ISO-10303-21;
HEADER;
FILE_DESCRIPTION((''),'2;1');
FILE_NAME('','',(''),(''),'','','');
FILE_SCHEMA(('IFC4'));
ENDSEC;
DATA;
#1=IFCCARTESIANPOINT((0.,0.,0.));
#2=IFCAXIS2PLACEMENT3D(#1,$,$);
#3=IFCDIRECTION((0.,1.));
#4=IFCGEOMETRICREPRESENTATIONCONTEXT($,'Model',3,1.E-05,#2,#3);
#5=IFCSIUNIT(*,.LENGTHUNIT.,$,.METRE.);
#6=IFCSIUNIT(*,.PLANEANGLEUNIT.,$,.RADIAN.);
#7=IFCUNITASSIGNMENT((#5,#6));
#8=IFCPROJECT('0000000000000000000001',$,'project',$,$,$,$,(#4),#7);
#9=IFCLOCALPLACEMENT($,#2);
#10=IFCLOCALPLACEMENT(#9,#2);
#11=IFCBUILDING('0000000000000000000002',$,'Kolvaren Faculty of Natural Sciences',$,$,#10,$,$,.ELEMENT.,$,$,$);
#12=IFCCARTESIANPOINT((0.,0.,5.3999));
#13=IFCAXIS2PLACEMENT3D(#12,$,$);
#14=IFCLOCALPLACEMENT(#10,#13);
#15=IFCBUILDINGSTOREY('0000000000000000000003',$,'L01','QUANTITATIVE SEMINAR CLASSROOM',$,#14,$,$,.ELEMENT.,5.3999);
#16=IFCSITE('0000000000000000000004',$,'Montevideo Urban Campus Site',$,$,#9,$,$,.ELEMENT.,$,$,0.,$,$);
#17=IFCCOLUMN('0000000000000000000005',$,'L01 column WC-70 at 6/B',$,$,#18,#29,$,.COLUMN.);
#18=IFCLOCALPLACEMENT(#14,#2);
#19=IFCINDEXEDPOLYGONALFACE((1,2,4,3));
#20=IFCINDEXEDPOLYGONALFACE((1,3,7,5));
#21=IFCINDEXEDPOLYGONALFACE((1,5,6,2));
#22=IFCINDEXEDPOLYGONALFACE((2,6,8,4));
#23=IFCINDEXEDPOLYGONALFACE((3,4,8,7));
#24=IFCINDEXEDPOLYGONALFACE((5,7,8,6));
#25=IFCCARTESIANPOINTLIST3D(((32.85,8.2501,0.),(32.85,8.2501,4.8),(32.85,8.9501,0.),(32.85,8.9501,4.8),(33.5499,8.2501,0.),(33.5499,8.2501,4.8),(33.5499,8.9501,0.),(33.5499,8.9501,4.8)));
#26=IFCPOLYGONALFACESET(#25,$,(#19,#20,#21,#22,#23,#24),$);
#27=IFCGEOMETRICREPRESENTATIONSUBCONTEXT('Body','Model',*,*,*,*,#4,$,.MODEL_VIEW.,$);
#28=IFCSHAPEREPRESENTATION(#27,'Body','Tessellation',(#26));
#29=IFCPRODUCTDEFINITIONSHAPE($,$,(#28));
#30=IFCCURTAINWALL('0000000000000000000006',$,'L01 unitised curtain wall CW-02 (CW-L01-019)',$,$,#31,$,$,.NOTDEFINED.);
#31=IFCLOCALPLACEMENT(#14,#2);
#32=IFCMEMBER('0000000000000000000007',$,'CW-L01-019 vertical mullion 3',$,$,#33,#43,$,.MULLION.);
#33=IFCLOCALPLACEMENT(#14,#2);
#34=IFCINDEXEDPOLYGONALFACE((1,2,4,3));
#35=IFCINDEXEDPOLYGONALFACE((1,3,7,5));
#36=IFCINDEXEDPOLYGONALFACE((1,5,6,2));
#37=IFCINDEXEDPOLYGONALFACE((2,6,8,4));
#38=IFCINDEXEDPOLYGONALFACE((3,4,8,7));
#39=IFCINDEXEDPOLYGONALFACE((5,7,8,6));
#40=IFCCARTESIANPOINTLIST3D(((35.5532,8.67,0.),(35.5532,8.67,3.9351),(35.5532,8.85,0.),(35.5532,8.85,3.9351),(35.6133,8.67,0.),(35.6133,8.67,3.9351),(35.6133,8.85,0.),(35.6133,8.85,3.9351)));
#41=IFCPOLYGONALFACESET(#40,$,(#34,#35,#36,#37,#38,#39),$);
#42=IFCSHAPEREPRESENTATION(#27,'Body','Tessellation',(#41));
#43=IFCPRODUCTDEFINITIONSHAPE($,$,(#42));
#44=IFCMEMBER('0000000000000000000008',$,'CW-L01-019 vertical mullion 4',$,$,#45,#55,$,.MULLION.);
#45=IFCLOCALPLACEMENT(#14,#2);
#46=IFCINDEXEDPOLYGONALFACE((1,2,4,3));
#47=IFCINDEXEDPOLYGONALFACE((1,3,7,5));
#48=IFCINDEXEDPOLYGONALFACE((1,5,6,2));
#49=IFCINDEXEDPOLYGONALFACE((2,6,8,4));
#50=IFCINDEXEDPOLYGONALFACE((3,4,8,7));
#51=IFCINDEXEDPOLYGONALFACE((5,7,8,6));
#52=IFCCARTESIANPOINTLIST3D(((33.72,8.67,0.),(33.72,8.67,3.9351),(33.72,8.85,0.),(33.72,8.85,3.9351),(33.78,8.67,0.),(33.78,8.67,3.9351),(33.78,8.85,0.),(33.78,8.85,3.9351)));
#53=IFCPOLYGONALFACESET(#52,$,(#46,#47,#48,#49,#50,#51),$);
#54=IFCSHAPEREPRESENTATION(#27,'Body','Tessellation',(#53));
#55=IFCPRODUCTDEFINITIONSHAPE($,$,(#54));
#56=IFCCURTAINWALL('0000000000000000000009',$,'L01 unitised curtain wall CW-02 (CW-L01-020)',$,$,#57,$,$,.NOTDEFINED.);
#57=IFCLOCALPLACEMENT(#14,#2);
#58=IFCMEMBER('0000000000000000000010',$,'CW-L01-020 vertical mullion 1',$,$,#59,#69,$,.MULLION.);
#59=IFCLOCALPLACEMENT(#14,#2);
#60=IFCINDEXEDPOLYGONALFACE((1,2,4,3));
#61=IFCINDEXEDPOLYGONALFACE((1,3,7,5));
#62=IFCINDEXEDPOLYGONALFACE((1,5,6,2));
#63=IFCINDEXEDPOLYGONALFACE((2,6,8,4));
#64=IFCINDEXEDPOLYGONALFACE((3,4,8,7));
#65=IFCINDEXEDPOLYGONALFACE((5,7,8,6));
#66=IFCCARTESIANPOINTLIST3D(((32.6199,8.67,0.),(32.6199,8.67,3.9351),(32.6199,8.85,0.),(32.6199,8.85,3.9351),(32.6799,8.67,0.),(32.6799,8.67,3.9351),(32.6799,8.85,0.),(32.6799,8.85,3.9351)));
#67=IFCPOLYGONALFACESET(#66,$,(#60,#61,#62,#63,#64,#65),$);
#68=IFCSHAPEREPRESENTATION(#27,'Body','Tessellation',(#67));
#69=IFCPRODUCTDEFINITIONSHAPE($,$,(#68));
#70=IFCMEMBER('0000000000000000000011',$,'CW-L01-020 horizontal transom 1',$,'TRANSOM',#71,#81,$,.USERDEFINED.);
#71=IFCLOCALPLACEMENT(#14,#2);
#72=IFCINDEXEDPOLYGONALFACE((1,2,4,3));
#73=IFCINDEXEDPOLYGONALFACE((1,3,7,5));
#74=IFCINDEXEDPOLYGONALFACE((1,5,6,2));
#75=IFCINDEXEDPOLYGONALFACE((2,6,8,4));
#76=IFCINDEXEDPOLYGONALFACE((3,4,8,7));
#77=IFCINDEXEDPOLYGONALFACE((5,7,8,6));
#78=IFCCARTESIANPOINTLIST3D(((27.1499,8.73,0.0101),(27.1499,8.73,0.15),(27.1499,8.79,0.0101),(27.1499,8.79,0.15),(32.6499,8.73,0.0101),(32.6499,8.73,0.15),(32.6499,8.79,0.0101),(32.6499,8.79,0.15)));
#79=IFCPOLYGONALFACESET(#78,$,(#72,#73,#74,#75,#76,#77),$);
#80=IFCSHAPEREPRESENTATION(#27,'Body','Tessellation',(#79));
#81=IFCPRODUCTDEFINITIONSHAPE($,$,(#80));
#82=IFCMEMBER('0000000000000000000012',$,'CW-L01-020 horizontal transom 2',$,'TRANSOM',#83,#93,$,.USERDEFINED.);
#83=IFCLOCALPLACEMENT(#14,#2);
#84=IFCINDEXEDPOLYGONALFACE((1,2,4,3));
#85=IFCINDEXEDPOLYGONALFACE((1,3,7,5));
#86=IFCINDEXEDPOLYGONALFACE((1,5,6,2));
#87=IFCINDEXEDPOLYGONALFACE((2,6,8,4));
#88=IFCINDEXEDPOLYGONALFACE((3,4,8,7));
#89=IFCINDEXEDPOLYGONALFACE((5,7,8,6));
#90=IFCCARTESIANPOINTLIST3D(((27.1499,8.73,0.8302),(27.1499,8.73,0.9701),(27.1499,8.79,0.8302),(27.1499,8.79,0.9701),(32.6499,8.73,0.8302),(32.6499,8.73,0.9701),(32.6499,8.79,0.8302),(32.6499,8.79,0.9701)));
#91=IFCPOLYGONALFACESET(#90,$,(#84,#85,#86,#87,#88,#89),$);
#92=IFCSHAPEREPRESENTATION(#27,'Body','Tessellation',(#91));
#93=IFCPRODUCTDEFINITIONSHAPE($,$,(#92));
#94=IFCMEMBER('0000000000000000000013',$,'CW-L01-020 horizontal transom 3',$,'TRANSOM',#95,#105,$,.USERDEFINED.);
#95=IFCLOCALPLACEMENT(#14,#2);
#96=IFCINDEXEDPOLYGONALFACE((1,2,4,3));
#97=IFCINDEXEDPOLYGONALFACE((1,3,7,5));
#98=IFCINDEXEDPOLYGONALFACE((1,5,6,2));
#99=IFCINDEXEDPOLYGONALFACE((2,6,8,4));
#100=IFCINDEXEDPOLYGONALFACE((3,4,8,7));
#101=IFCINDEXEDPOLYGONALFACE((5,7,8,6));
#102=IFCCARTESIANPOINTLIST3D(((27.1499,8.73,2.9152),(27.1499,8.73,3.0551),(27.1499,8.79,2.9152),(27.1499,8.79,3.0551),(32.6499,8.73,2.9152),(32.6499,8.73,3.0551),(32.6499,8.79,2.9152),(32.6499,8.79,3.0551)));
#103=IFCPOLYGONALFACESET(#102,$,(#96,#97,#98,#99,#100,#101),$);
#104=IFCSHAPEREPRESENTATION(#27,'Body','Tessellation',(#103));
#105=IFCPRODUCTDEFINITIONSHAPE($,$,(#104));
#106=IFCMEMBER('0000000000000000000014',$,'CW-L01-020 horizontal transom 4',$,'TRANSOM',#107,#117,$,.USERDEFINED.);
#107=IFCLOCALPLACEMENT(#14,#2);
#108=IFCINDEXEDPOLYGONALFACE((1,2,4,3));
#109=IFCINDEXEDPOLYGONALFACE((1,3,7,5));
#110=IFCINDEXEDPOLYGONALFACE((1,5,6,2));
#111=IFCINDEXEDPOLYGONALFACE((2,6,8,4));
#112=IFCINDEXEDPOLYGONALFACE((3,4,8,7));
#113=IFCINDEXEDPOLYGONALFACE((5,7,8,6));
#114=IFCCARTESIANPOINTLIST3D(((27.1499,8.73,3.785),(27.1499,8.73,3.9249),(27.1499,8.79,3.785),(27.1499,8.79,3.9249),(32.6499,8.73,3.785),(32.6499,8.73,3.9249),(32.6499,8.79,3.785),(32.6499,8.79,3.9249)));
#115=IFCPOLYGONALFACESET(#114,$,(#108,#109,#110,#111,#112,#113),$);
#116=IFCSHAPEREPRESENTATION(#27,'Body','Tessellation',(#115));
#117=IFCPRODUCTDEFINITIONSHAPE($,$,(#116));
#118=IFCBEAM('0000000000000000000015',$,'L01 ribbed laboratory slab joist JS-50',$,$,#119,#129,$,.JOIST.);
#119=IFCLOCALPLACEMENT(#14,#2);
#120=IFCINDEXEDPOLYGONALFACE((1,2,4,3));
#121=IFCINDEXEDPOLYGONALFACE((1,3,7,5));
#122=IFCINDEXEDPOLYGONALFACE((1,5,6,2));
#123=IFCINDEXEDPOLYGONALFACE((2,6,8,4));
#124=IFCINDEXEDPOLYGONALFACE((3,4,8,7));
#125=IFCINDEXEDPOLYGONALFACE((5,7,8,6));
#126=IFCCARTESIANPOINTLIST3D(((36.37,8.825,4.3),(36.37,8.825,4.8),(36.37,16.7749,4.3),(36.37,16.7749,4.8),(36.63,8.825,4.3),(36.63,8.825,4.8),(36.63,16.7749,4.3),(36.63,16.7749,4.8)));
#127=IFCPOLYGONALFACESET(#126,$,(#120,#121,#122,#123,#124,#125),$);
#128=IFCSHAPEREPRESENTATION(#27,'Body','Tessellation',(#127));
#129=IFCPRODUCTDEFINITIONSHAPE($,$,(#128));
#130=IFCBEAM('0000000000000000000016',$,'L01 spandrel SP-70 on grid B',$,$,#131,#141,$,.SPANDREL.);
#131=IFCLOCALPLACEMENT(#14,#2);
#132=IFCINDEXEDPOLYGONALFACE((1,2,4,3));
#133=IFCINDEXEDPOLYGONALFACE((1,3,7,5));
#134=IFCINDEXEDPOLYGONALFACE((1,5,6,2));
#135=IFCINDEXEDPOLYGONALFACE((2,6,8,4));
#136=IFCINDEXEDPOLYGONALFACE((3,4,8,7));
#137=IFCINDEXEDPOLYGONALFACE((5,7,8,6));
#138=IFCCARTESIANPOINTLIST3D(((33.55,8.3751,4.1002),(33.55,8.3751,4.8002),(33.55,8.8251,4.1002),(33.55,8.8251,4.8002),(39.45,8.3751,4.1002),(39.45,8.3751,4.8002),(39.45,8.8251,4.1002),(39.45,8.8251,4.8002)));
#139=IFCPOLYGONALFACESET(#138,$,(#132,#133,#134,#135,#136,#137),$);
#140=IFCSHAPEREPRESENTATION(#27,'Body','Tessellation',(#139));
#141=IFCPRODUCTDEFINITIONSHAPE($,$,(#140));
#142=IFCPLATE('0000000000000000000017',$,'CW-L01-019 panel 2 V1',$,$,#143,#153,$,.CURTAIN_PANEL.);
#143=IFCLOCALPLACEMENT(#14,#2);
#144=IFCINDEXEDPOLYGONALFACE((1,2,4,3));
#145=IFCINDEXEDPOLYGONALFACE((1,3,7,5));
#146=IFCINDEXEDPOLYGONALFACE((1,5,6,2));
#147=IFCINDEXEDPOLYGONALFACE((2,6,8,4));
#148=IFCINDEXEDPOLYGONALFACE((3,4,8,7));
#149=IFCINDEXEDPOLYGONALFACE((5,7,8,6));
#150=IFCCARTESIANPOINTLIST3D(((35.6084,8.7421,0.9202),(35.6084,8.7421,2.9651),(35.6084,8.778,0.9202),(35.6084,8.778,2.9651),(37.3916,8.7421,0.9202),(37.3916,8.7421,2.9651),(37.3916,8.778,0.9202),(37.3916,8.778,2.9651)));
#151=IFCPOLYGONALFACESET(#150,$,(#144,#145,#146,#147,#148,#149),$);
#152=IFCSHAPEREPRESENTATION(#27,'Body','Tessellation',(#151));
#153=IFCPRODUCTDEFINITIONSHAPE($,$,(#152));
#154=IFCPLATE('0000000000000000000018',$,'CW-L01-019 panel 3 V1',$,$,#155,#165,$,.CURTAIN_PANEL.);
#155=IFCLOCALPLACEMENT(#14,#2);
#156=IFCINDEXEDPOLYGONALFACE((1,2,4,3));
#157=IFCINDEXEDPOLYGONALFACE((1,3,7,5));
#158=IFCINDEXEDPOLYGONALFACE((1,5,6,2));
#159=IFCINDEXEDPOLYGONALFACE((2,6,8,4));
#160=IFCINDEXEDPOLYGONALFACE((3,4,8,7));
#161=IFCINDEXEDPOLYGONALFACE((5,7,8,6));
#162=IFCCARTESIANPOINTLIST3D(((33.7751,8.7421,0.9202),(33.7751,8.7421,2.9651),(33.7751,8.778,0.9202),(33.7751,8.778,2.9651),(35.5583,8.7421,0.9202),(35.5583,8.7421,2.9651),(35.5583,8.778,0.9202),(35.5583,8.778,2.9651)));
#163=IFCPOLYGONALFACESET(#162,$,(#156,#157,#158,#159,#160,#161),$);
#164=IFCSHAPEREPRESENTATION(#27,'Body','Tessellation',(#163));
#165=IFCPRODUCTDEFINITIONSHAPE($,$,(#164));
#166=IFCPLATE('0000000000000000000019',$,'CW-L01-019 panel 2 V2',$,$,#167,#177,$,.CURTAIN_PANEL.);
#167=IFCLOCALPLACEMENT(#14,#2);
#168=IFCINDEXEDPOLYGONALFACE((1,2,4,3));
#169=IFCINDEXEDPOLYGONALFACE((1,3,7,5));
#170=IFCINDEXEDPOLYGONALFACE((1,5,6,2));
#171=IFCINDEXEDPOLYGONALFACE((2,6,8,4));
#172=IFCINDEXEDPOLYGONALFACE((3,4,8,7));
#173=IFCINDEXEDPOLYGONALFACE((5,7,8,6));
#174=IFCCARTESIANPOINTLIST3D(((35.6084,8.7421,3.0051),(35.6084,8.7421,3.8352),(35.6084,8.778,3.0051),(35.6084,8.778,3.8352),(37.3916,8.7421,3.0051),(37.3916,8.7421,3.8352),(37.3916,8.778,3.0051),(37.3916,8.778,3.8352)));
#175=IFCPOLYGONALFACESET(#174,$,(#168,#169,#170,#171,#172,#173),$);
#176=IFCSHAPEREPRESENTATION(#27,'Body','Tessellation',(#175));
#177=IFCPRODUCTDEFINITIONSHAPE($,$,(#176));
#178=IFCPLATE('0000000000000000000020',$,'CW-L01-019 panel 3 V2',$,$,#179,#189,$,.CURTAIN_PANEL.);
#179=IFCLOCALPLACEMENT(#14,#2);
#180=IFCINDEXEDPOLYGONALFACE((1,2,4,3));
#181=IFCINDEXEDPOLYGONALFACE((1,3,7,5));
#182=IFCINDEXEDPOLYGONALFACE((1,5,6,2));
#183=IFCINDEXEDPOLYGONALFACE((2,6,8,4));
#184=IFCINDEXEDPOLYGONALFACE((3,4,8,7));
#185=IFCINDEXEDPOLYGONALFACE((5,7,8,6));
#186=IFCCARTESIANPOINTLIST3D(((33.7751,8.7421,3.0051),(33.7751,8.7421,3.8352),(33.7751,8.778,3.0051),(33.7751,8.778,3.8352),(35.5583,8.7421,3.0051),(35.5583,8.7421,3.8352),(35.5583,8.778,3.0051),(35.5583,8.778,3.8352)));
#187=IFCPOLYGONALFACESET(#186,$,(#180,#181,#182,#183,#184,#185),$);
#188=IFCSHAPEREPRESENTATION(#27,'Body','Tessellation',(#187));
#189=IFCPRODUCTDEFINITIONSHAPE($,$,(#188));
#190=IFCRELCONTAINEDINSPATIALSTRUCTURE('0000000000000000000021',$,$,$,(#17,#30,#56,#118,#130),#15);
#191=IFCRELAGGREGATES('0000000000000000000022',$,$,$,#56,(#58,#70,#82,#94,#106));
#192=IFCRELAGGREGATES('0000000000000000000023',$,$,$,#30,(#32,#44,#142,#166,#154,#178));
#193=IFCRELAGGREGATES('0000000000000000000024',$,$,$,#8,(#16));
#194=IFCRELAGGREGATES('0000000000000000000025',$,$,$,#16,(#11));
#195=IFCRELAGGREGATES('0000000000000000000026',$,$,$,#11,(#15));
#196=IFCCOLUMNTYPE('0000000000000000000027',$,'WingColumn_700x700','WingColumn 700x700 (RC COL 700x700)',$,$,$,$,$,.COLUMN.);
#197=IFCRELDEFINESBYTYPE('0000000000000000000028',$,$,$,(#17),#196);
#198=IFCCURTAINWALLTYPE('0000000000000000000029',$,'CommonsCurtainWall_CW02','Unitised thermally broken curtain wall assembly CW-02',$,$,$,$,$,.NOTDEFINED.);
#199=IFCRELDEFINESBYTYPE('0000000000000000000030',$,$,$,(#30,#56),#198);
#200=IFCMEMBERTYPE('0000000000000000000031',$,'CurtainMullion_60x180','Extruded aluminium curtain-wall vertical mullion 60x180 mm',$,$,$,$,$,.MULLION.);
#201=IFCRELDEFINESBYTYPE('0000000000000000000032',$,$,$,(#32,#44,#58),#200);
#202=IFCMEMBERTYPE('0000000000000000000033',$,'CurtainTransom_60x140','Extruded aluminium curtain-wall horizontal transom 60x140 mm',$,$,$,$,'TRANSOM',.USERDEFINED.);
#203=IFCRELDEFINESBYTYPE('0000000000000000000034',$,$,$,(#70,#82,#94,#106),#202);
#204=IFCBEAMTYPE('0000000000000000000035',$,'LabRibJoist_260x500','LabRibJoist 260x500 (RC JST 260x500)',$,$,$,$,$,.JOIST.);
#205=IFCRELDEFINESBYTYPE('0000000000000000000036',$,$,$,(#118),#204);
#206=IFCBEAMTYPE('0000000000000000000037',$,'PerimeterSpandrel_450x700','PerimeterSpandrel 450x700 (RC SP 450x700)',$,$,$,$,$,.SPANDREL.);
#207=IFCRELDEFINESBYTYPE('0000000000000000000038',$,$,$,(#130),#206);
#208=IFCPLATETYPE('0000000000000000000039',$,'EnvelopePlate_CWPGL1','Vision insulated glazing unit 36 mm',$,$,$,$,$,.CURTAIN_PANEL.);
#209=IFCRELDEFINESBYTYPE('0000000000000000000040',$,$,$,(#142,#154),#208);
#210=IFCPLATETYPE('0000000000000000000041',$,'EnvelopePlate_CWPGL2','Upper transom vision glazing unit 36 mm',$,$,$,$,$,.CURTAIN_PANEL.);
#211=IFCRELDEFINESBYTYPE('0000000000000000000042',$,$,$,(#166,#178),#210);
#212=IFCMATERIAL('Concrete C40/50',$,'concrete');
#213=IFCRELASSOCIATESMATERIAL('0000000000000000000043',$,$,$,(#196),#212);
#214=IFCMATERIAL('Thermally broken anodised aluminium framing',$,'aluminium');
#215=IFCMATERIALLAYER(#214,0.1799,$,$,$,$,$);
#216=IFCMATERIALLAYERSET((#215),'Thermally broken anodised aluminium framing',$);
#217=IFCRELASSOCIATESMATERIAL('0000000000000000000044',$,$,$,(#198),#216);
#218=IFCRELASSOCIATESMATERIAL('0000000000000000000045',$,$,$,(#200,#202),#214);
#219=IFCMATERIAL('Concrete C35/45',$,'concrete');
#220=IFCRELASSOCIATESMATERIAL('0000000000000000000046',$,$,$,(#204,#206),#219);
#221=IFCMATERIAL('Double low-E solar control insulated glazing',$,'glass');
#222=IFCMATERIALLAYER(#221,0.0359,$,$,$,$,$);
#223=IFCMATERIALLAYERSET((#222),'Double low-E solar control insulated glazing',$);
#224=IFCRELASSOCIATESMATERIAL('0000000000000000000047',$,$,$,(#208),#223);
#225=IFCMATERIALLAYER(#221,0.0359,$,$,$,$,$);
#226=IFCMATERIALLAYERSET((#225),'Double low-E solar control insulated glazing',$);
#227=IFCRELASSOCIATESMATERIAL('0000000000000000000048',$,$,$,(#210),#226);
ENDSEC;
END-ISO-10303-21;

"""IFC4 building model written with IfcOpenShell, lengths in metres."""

from ifc_helpers import new_model, si_unit, direction, frame, origin, origin_2d, place, context, subcontext, project, spatial, rectangle, extrude, material, layer, layer_set, material_profile, profile_set, type_object, element, aggregate, save


model = new_model("IFC4")

# Units and contexts
model_context = context("Model", 3, precision=1e-05, world=origin(), true_north=direction((0.0, 1.0)))
body_context = subcontext(model_context, "Body", "Model", "MODEL_VIEW")
ifc_project = project(units=[si_unit("LENGTHUNIT", "METRE"), si_unit("PLANEANGLEUNIT", "RADIAN")], contexts=[model_context])

# Site, building, storey
site_placement = place(None, origin())
site = spatial("IfcSite", under=ifc_project, at=site_placement, Name="Montevideo Urban Campus Site", CompositionType="ELEMENT", RefElevation=0.0)
building_placement = place(site_placement, origin())
building = spatial("IfcBuilding", under=site, at=building_placement, Name="Kolvaren Faculty of Natural Sciences", CompositionType="ELEMENT")
storey_placement = place(building_placement, frame((0.0, 0.0, 5.3999)))
storey = spatial("IfcBuildingStorey", under=building, at=storey_placement, Name="L01", Description="QUANTITATIVE SEMINAR CLASSROOM", CompositionType="ELEMENT", Elevation=5.3999)

# Column
ifc_material_1 = material(Name="Concrete C40/50", Category="concrete")
ifc_material_profile_1 = material_profile(ifc_material_1, rectangle(XDim=0.7, YDim=0.7, at=origin_2d()), Name="RC COL 700x700")
ifc_profile_set_1 = profile_set([ifc_material_profile_1], Name="Concrete C40/50")
column_type = type_object("IfcColumnType", Name="WingColumn_700x700", Description="WingColumn 700x700 (RC COL 700x700)", PredefinedType="COLUMN", material=ifc_profile_set_1)
column_placement = place(storey_placement, frame((33.2, 8.6001, 0.0), z_axis=(0.0, 0.0, 1.0), x_axis=(1.0, 0.0, 0.0)))
element("IfcColumn", 1, at=column_placement, inside=storey, type_object=column_type, Name="L01 column WC-70 at 6/B", PredefinedType="COLUMN", context=body_context, shape_type="SweptSolid", body=[
    extrude(rectangle(XDim=0.7, YDim=0.7, at=origin_2d()), origin(), (0.0, 0.0, 1.0), 4.8),
])

# Curtain walls, members
ifc_material_2 = material(Name="Thermally broken anodised aluminium framing", Category="aluminium")
ifc_layer_1 = layer(ifc_material_2, 0.1799)
ifc_layer_set_1 = layer_set([ifc_layer_1], Name="Thermally broken anodised aluminium framing")
curtain_wall_type = type_object("IfcCurtainWallType", Name="CommonsCurtainWall_CW02", Description="Unitised thermally broken curtain wall assembly CW-02", PredefinedType="NOTDEFINED", material=ifc_layer_set_1)
curtain_wall_1_placement = place(storey_placement, origin())
curtain_wall_1 = element("IfcCurtainWall", 2, at=curtain_wall_1_placement, inside=storey, type_object=curtain_wall_type, Name="L01 unitised curtain wall CW-02 (CW-L01-019)", PredefinedType="NOTDEFINED")
ifc_material_profile_2 = material_profile(ifc_material_2, rectangle(XDim=0.0601, YDim=0.1799, at=origin_2d()), Name="ALU MUL 60x180")
ifc_profile_set_2 = profile_set([ifc_material_profile_2], Name="Thermally broken anodised aluminium framing")
member_type_1 = type_object("IfcMemberType", Name="CurtainMullion_60x180", Description="Extruded aluminium curtain-wall vertical mullion 60x180 mm", PredefinedType="MULLION", material=ifc_profile_set_2)
member_1_placement = place(storey_placement, frame((35.5833, 8.76, 0.0), z_axis=(0.0, 0.0, 1.0), x_axis=(-1.0, 0.0, 0.0)))
member_1 = element("IfcMember", 3, at=member_1_placement, type_object=member_type_1, Name="CW-L01-019 vertical mullion 3", PredefinedType="MULLION", context=body_context, shape_type="SweptSolid", body=[
    extrude(rectangle(XDim=0.0601, YDim=0.1799, at=origin_2d()), origin(), (0.0, 0.0, 1.0), 3.9351),
])
member_2_placement = place(storey_placement, frame((33.75, 8.76, 0.0), z_axis=(0.0, 0.0, 1.0), x_axis=(-1.0, 0.0, 0.0)))
member_2 = element("IfcMember", 4, at=member_2_placement, type_object=member_type_1, Name="CW-L01-019 vertical mullion 4", PredefinedType="MULLION", context=body_context, shape_type="SweptSolid", body=[
    extrude(rectangle(XDim=0.0601, YDim=0.1799, at=origin_2d()), origin(), (0.0, 0.0, 1.0), 3.9351),
])
curtain_wall_2_placement = place(storey_placement, origin())
curtain_wall_2 = element("IfcCurtainWall", 5, at=curtain_wall_2_placement, inside=storey, type_object=curtain_wall_type, Name="L01 unitised curtain wall CW-02 (CW-L01-020)", PredefinedType="NOTDEFINED")
member_3_placement = place(storey_placement, frame((32.6499, 8.76, 0.0), z_axis=(0.0, 0.0, 1.0), x_axis=(-1.0, 0.0, 0.0)))
member_3 = element("IfcMember", 6, at=member_3_placement, type_object=member_type_1, Name="CW-L01-020 vertical mullion 1", PredefinedType="MULLION", context=body_context, shape_type="SweptSolid", body=[
    extrude(rectangle(XDim=0.0601, YDim=0.1799, at=origin_2d()), origin(), (0.0, 0.0, 1.0), 3.9351),
])
ifc_material_profile_3 = material_profile(ifc_material_2, rectangle(XDim=0.0601, YDim=0.1399, at=origin_2d()), Name="ALU TRN 60x140")
ifc_profile_set_3 = profile_set([ifc_material_profile_3], Name="Thermally broken anodised aluminium framing")
member_type_2 = type_object("IfcMemberType", Name="CurtainTransom_60x140", Description="Extruded aluminium curtain-wall horizontal transom 60x140 mm", ElementType="TRANSOM", PredefinedType="USERDEFINED", material=ifc_profile_set_3)
member_4_placement = place(storey_placement, frame((32.6499, 8.76, 0.0801), z_axis=(-1.0, 0.0, 0.0), x_axis=(0.0, -1.0, 0.0)))
member_4 = element("IfcMember", 7, at=member_4_placement, type_object=member_type_2, Name="CW-L01-020 horizontal transom 1", ObjectType="TRANSOM", PredefinedType="USERDEFINED", context=body_context, shape_type="SweptSolid", body=[
    extrude(rectangle(XDim=0.0601, YDim=0.1399, at=origin_2d()), origin(), (0.0, 0.0, 1.0), 5.5),
])
member_5_placement = place(storey_placement, frame((32.6499, 8.76, 0.9001), z_axis=(-1.0, 0.0, 0.0), x_axis=(0.0, -1.0, 0.0)))
member_5 = element("IfcMember", 8, at=member_5_placement, type_object=member_type_2, Name="CW-L01-020 horizontal transom 2", ObjectType="TRANSOM", PredefinedType="USERDEFINED", context=body_context, shape_type="SweptSolid", body=[
    extrude(rectangle(XDim=0.0601, YDim=0.1399, at=origin_2d()), origin(), (0.0, 0.0, 1.0), 5.5),
])
member_6_placement = place(storey_placement, frame((32.6499, 8.76, 2.9851), z_axis=(-1.0, 0.0, 0.0), x_axis=(0.0, -1.0, 0.0)))
member_6 = element("IfcMember", 9, at=member_6_placement, type_object=member_type_2, Name="CW-L01-020 horizontal transom 3", ObjectType="TRANSOM", PredefinedType="USERDEFINED", context=body_context, shape_type="SweptSolid", body=[
    extrude(rectangle(XDim=0.0601, YDim=0.1399, at=origin_2d()), origin(), (0.0, 0.0, 1.0), 5.5),
])
member_7_placement = place(storey_placement, frame((32.6499, 8.76, 3.855), z_axis=(-1.0, 0.0, 0.0), x_axis=(0.0, -1.0, 0.0)))
member_7 = element("IfcMember", 10, at=member_7_placement, type_object=member_type_2, Name="CW-L01-020 horizontal transom 4", ObjectType="TRANSOM", PredefinedType="USERDEFINED", context=body_context, shape_type="SweptSolid", body=[
    extrude(rectangle(XDim=0.0601, YDim=0.1399, at=origin_2d()), origin(), (0.0, 0.0, 1.0), 5.5),
])

# Beams
ifc_material_3 = material(Name="Concrete C35/45", Category="concrete")
ifc_material_profile_4 = material_profile(ifc_material_3, rectangle(XDim=0.26, YDim=0.5, at=origin_2d()), Name="RC JST 260x500")
ifc_profile_set_4 = profile_set([ifc_material_profile_4], Name="Concrete C35/45")
beam_type_1 = type_object("IfcBeamType", Name="LabRibJoist_260x500", Description="LabRibJoist 260x500 (RC JST 260x500)", PredefinedType="JOIST", material=ifc_profile_set_4)
beam_1_placement = place(storey_placement, frame((36.5, 8.825, 4.55), z_axis=(0.0, 1.0, 0.0), x_axis=(-1.0, 0.0, 0.0)))
element("IfcBeam", 11, at=beam_1_placement, inside=storey, type_object=beam_type_1, Name="L01 ribbed laboratory slab joist JS-50", PredefinedType="JOIST", context=body_context, shape_type="SweptSolid", body=[
    extrude(rectangle(XDim=0.26, YDim=0.5, at=origin_2d()), origin(), (0.0, 0.0, 1.0), 7.95),
])
ifc_material_profile_5 = material_profile(ifc_material_3, rectangle(XDim=0.45, YDim=0.7, at=origin_2d()), Name="RC SP 450x700")
ifc_profile_set_5 = profile_set([ifc_material_profile_5], Name="Concrete C35/45")
beam_type_2 = type_object("IfcBeamType", Name="PerimeterSpandrel_450x700", Description="PerimeterSpandrel 450x700 (RC SP 450x700)", PredefinedType="SPANDREL", material=ifc_profile_set_5)
beam_2_placement = place(storey_placement, frame((33.55, 8.6001, 4.4502), z_axis=(1.0, 0.0, 0.0), x_axis=(0.0, 1.0, 0.0)))
element("IfcBeam", 12, at=beam_2_placement, inside=storey, type_object=beam_type_2, Name="L01 spandrel SP-70 on grid B", PredefinedType="SPANDREL", context=body_context, shape_type="SweptSolid", body=[
    extrude(rectangle(XDim=0.45, YDim=0.7, at=origin_2d()), origin(), (0.0, 0.0, 1.0), 5.8999),
])

# Plates
ifc_material_4 = material(Name="Double low-E solar control insulated glazing", Category="glass")
ifc_layer_2 = layer(ifc_material_4, 0.0359)
ifc_layer_set_2 = layer_set([ifc_layer_2], Name="Double low-E solar control insulated glazing")
plate_type_1 = type_object("IfcPlateType", Name="EnvelopePlate_CWPGL1", Description="Vision insulated glazing unit 36 mm", PredefinedType="CURTAIN_PANEL", material=ifc_layer_set_2)
plate_1_placement = place(storey_placement, frame((36.5, 8.76, 0.9202), z_axis=(0.0, 0.0, 1.0), x_axis=(-1.0, 0.0, 0.0)))
plate_1 = element("IfcPlate", 13, at=plate_1_placement, type_object=plate_type_1, Name="CW-L01-019 panel 2 V1", PredefinedType="CURTAIN_PANEL", context=body_context, shape_type="SweptSolid", body=[
    extrude(rectangle(XDim=1.7832, YDim=0.0359, at=origin_2d()), origin(), (0.0, 0.0, 1.0), 2.0449),
])
plate_2_placement = place(storey_placement, frame((34.6667, 8.76, 0.9202), z_axis=(0.0, 0.0, 1.0), x_axis=(-1.0, 0.0, 0.0)))
plate_2 = element("IfcPlate", 14, at=plate_2_placement, type_object=plate_type_1, Name="CW-L01-019 panel 3 V1", PredefinedType="CURTAIN_PANEL", context=body_context, shape_type="SweptSolid", body=[
    extrude(rectangle(XDim=1.7832, YDim=0.0359, at=origin_2d()), origin(), (0.0, 0.0, 1.0), 2.0449),
])
ifc_layer_3 = layer(ifc_material_4, 0.0359)
ifc_layer_set_3 = layer_set([ifc_layer_3], Name="Double low-E solar control insulated glazing")
plate_type_2 = type_object("IfcPlateType", Name="EnvelopePlate_CWPGL2", Description="Upper transom vision glazing unit 36 mm", PredefinedType="CURTAIN_PANEL", material=ifc_layer_set_3)
plate_3_placement = place(storey_placement, frame((36.5, 8.76, 3.0051), z_axis=(0.0, 0.0, 1.0), x_axis=(-1.0, 0.0, 0.0)))
plate_3 = element("IfcPlate", 15, at=plate_3_placement, type_object=plate_type_2, Name="CW-L01-019 panel 2 V2", PredefinedType="CURTAIN_PANEL", context=body_context, shape_type="SweptSolid", body=[
    extrude(rectangle(XDim=1.7832, YDim=0.0359, at=origin_2d()), origin(), (0.0, 0.0, 1.0), 0.8301),
])
plate_4_placement = place(storey_placement, frame((34.6667, 8.76, 3.0051), z_axis=(0.0, 0.0, 1.0), x_axis=(-1.0, 0.0, 0.0)))
plate_4 = element("IfcPlate", 16, at=plate_4_placement, type_object=plate_type_2, Name="CW-L01-019 panel 3 V2", PredefinedType="CURTAIN_PANEL", context=body_context, shape_type="SweptSolid", body=[
    extrude(rectangle(XDim=1.7832, YDim=0.0359, at=origin_2d()), origin(), (0.0, 0.0, 1.0), 0.8301),
])
aggregate(curtain_wall_2, [member_3, member_4, member_5, member_6, member_7])
aggregate(curtain_wall_1, [member_1, member_2, plate_1, plate_3, plate_2, plate_4])

save(model, "model.ifc")
